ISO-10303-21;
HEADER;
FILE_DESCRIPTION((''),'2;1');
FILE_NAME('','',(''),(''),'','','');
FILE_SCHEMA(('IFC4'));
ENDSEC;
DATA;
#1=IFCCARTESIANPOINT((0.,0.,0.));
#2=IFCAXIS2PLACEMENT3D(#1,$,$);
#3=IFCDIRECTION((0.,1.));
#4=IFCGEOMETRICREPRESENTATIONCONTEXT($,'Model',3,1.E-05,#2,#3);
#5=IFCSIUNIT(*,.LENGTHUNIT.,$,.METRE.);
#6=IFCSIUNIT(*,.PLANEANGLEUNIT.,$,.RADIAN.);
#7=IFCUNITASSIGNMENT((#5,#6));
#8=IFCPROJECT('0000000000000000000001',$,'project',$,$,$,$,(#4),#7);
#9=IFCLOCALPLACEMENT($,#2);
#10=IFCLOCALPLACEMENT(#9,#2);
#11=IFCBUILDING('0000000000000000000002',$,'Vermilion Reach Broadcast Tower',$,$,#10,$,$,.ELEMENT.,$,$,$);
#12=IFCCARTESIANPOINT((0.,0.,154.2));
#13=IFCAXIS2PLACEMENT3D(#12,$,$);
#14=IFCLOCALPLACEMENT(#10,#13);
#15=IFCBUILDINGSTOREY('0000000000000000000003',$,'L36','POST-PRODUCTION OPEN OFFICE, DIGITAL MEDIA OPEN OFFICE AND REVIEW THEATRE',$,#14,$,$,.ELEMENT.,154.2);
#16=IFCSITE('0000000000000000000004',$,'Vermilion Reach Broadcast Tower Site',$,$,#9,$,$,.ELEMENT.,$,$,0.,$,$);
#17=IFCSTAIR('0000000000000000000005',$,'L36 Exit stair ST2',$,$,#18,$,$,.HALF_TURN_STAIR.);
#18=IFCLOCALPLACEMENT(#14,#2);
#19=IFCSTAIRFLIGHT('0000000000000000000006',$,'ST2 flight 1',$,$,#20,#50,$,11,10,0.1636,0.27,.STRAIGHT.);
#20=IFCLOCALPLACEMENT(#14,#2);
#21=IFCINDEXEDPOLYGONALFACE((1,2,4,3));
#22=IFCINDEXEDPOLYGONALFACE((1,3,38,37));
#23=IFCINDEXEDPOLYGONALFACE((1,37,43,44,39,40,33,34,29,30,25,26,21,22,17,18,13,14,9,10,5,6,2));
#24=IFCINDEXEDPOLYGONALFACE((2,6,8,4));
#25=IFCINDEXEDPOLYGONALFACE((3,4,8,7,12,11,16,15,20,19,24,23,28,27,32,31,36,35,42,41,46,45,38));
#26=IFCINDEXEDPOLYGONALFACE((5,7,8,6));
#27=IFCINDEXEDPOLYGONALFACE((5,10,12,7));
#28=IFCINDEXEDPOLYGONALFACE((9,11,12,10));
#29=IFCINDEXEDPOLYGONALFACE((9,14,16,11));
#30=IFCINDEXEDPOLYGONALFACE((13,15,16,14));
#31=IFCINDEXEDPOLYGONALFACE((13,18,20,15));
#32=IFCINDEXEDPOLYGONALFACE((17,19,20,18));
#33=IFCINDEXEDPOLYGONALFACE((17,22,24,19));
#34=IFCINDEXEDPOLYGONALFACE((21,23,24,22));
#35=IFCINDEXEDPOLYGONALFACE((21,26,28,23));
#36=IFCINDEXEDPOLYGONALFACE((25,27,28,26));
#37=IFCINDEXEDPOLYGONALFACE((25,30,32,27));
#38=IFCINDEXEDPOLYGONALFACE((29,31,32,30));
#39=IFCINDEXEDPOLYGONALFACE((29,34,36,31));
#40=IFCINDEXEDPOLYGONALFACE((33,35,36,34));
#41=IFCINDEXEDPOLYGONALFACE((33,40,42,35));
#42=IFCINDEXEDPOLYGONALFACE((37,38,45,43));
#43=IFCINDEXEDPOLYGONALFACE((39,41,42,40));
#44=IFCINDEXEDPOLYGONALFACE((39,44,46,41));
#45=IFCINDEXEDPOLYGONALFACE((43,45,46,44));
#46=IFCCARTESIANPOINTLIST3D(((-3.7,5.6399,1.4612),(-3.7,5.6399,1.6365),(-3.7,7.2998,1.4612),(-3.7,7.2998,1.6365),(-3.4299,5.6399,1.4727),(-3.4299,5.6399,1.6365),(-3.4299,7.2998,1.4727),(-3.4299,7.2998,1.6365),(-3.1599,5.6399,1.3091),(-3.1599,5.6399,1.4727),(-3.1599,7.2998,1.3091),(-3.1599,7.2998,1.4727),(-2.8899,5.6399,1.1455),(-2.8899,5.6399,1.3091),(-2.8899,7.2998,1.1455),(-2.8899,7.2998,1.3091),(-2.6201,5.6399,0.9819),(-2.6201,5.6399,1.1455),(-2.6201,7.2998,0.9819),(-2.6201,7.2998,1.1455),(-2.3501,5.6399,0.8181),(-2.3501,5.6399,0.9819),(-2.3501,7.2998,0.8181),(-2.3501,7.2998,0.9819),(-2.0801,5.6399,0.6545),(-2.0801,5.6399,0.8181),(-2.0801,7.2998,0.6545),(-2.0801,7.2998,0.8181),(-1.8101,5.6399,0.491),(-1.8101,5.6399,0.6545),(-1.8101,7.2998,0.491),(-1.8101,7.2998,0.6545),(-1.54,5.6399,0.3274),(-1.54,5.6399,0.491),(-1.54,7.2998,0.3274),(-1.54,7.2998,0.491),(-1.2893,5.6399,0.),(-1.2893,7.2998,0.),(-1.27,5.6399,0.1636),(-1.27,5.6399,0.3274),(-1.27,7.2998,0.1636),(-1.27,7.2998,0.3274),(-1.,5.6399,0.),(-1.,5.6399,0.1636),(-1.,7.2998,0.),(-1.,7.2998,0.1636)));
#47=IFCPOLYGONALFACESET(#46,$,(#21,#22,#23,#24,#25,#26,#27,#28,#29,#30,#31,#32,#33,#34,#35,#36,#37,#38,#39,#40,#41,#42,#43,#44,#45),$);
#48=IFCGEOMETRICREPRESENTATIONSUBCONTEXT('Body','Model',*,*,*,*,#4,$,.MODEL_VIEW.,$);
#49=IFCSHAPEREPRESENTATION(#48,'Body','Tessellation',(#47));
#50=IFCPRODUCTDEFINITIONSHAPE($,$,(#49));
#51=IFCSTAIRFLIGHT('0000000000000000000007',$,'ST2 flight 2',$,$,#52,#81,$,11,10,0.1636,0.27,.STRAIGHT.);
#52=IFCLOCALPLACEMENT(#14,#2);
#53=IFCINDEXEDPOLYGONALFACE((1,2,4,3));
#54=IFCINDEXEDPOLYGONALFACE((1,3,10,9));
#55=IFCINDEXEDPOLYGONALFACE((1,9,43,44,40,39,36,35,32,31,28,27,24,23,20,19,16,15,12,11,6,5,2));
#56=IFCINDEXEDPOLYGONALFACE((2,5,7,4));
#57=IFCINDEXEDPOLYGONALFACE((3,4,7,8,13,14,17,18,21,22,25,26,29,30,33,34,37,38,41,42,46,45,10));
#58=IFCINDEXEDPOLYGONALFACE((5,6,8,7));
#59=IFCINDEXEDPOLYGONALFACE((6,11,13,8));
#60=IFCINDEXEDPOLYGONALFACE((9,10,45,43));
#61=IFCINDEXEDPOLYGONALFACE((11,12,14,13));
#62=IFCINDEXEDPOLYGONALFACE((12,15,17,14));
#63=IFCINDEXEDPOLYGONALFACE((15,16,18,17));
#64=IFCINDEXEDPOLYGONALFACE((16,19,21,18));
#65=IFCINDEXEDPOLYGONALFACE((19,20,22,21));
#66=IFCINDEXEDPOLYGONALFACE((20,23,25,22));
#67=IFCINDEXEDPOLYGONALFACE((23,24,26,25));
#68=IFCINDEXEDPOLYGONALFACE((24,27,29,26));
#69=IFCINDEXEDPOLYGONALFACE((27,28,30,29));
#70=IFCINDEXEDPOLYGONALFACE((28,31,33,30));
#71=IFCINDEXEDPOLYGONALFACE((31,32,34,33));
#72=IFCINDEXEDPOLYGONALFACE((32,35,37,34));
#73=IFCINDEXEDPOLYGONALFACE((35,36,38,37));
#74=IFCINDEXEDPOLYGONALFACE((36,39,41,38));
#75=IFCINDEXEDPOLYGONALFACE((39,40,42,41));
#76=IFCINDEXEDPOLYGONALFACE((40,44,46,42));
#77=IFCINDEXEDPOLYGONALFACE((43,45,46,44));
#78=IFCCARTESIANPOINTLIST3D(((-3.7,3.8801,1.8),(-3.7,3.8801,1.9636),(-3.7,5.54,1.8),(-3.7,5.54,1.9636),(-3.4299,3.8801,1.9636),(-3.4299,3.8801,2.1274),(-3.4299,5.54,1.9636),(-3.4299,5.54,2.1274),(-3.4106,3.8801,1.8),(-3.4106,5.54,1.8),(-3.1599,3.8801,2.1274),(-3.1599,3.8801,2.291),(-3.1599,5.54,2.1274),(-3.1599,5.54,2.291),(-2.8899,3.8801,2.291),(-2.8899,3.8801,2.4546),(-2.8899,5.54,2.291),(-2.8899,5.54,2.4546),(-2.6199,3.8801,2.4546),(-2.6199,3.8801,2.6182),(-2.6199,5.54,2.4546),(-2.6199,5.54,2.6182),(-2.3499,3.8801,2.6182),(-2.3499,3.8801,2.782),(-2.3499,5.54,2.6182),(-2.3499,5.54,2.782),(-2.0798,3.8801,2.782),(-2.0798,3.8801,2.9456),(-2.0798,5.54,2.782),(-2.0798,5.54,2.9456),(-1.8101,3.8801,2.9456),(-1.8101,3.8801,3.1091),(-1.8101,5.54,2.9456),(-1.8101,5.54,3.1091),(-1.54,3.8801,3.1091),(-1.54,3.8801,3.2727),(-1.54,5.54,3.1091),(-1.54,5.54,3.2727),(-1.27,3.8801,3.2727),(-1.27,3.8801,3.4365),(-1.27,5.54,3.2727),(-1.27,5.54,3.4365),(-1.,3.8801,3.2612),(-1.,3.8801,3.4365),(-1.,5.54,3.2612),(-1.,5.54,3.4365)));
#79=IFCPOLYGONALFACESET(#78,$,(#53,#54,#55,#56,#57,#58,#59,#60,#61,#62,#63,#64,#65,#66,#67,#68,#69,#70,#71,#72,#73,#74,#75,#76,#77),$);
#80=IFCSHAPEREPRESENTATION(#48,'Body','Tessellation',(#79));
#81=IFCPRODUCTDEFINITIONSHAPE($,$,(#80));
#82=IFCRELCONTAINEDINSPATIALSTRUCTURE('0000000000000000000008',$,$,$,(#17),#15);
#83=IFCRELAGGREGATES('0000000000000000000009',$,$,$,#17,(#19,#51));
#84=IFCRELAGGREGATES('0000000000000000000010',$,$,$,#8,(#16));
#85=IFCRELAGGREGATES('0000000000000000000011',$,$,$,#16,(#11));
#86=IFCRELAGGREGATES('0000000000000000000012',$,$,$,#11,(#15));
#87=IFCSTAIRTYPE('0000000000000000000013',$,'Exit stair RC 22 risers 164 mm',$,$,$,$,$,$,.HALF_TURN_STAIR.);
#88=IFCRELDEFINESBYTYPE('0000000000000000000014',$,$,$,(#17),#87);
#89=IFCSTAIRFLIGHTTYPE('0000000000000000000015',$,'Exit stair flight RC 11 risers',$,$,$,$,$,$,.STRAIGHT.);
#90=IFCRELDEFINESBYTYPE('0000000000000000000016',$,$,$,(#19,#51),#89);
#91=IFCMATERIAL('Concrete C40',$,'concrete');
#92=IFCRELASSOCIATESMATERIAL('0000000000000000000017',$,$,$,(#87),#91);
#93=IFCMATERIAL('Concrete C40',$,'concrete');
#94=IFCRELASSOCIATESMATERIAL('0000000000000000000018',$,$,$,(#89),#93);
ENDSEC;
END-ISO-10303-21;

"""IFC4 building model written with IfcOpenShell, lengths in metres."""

from ifc_helpers import new_model, si_unit, direction, frame, origin, place, context, subcontext, project, spatial, polyline, outline, extrude, material, type_object, element, aggregate, save


model = new_model("IFC4")

# Units and contexts
model_context = context("Model", 3, precision=1e-05, world=origin(), true_north=direction((0.0, 1.0)))
body_context = subcontext(model_context, "Body", "Model", "MODEL_VIEW")
ifc_project = project(units=[si_unit("LENGTHUNIT", "METRE"), si_unit("PLANEANGLEUNIT", "RADIAN")], contexts=[model_context])

# Site, building, storey
site_placement = place(None, origin())
site = spatial("IfcSite", under=ifc_project, at=site_placement, Name="Vermilion Reach Broadcast Tower Site", CompositionType="ELEMENT", RefElevation=0.0)
building_placement = place(site_placement, origin())
building = spatial("IfcBuilding", under=site, at=building_placement, Name="Vermilion Reach Broadcast Tower", CompositionType="ELEMENT")
storey_placement = place(building_placement, frame((0.0, 0.0, 154.2)))
storey = spatial("IfcBuildingStorey", under=building, at=storey_placement, Name="L36", Description="POST-PRODUCTION OPEN OFFICE, DIGITAL MEDIA OPEN OFFICE AND REVIEW THEATRE", CompositionType="ELEMENT", Elevation=154.2)

# Shared definitions
ifc_material_1 = material(Name="Concrete C40", Category="concrete")
stair_type = type_object("IfcStairType", Name="Exit stair RC 22 risers 164 mm", PredefinedType="HALF_TURN_STAIR", material=ifc_material_1)
placement = place(storey_placement, origin())

# Stair, stair flights
stair_1 = element("IfcStair", 1, at=placement, inside=storey, type_object=stair_type, Name="L36 Exit stair ST2", PredefinedType="HALF_TURN_STAIR")
ifc_material_2 = material(Name="Concrete C40", Category="concrete")
stair_flight_type = type_object("IfcStairFlightType", Name="Exit stair flight RC 11 risers", PredefinedType="STRAIGHT", material=ifc_material_2)
stair_flight_1_placement = place(storey_placement, frame((-1.0, 6.47, 0.0), z_axis=(0.0, 0.0, 1.0), x_axis=(-1.0, 0.0, 0.0)))
stair_flight_1 = element("IfcStairFlight", 2, at=stair_flight_1_placement, type_object=stair_flight_type, Name="ST2 flight 1", NumberOfRisers=11, NumberOfTreads=10, PredefinedType="STRAIGHT", RiserHeight=0.1636, TreadLength=0.27, context=body_context, shape_type="SweptSolid", body=[
    extrude(outline(polyline([(0.0, 0.0), (0.0, 0.1636), (0.27, 0.1636), (0.27, 0.3274), (0.54, 0.3274), (0.54, 0.491), (0.8101, 0.491), (0.8101, 0.6545), (1.0801, 0.6545), (1.0801, 0.8181), (1.3501, 0.8181), (1.3501, 0.9819), (1.6201, 0.9819), (1.6201, 1.1455), (1.8899, 1.1455), (1.8899, 1.3091), (2.1599, 1.3091), (2.1599, 1.4727), (2.4299, 1.4727), (2.4299, 1.6365), (2.7, 1.6365), (2.7, 1.8), (2.7, 1.4612), (0.2893, 0.0), (0.0, 0.0)])), frame((0.0, 0.8301, 0.0), z_axis=(0.0, -1.0, 0.0), x_axis=(1.0, 0.0, 0.0)), (0.0, 0.0, 1.0), 1.6599),
])
stair_flight_2_placement = place(storey_placement, frame((-3.7, 4.71, 1.8), z_axis=(0.0, 0.0, 1.0), x_axis=(1.0, 0.0, 0.0)))
stair_flight_2 = element("IfcStairFlight", 3, at=stair_flight_2_placement, type_object=stair_flight_type, Name="ST2 flight 2", NumberOfRisers=11, NumberOfTreads=10, PredefinedType="STRAIGHT", RiserHeight=0.1636, TreadLength=0.27, context=body_context, shape_type="SweptSolid", body=[
    extrude(outline(polyline([(0.0, 0.0), (0.0, 0.1636), (0.27, 0.1636), (0.27, 0.3274), (0.54, 0.3274), (0.54, 0.491), (0.8101, 0.491), (0.8101, 0.6545), (1.0801, 0.6545), (1.0801, 0.8181), (1.3501, 0.8181), (1.3501, 0.9819), (1.6201, 0.9819), (1.6201, 1.1455), (1.8899, 1.1455), (1.8899, 1.3091), (2.1599, 1.3091), (2.1599, 1.4727), (2.4299, 1.4727), (2.4299, 1.6365), (2.7, 1.6365), (2.7, 1.8), (2.7, 1.4612), (0.2893, 0.0), (0.0, 0.0)])), frame((0.0, 0.8301, 0.0), z_axis=(0.0, -1.0, 0.0), x_axis=(1.0, 0.0, 0.0)), (0.0, 0.0, 1.0), 1.6599),
])
aggregate(stair_1, [stair_flight_1, stair_flight_2])

save(model, "model.ifc")
